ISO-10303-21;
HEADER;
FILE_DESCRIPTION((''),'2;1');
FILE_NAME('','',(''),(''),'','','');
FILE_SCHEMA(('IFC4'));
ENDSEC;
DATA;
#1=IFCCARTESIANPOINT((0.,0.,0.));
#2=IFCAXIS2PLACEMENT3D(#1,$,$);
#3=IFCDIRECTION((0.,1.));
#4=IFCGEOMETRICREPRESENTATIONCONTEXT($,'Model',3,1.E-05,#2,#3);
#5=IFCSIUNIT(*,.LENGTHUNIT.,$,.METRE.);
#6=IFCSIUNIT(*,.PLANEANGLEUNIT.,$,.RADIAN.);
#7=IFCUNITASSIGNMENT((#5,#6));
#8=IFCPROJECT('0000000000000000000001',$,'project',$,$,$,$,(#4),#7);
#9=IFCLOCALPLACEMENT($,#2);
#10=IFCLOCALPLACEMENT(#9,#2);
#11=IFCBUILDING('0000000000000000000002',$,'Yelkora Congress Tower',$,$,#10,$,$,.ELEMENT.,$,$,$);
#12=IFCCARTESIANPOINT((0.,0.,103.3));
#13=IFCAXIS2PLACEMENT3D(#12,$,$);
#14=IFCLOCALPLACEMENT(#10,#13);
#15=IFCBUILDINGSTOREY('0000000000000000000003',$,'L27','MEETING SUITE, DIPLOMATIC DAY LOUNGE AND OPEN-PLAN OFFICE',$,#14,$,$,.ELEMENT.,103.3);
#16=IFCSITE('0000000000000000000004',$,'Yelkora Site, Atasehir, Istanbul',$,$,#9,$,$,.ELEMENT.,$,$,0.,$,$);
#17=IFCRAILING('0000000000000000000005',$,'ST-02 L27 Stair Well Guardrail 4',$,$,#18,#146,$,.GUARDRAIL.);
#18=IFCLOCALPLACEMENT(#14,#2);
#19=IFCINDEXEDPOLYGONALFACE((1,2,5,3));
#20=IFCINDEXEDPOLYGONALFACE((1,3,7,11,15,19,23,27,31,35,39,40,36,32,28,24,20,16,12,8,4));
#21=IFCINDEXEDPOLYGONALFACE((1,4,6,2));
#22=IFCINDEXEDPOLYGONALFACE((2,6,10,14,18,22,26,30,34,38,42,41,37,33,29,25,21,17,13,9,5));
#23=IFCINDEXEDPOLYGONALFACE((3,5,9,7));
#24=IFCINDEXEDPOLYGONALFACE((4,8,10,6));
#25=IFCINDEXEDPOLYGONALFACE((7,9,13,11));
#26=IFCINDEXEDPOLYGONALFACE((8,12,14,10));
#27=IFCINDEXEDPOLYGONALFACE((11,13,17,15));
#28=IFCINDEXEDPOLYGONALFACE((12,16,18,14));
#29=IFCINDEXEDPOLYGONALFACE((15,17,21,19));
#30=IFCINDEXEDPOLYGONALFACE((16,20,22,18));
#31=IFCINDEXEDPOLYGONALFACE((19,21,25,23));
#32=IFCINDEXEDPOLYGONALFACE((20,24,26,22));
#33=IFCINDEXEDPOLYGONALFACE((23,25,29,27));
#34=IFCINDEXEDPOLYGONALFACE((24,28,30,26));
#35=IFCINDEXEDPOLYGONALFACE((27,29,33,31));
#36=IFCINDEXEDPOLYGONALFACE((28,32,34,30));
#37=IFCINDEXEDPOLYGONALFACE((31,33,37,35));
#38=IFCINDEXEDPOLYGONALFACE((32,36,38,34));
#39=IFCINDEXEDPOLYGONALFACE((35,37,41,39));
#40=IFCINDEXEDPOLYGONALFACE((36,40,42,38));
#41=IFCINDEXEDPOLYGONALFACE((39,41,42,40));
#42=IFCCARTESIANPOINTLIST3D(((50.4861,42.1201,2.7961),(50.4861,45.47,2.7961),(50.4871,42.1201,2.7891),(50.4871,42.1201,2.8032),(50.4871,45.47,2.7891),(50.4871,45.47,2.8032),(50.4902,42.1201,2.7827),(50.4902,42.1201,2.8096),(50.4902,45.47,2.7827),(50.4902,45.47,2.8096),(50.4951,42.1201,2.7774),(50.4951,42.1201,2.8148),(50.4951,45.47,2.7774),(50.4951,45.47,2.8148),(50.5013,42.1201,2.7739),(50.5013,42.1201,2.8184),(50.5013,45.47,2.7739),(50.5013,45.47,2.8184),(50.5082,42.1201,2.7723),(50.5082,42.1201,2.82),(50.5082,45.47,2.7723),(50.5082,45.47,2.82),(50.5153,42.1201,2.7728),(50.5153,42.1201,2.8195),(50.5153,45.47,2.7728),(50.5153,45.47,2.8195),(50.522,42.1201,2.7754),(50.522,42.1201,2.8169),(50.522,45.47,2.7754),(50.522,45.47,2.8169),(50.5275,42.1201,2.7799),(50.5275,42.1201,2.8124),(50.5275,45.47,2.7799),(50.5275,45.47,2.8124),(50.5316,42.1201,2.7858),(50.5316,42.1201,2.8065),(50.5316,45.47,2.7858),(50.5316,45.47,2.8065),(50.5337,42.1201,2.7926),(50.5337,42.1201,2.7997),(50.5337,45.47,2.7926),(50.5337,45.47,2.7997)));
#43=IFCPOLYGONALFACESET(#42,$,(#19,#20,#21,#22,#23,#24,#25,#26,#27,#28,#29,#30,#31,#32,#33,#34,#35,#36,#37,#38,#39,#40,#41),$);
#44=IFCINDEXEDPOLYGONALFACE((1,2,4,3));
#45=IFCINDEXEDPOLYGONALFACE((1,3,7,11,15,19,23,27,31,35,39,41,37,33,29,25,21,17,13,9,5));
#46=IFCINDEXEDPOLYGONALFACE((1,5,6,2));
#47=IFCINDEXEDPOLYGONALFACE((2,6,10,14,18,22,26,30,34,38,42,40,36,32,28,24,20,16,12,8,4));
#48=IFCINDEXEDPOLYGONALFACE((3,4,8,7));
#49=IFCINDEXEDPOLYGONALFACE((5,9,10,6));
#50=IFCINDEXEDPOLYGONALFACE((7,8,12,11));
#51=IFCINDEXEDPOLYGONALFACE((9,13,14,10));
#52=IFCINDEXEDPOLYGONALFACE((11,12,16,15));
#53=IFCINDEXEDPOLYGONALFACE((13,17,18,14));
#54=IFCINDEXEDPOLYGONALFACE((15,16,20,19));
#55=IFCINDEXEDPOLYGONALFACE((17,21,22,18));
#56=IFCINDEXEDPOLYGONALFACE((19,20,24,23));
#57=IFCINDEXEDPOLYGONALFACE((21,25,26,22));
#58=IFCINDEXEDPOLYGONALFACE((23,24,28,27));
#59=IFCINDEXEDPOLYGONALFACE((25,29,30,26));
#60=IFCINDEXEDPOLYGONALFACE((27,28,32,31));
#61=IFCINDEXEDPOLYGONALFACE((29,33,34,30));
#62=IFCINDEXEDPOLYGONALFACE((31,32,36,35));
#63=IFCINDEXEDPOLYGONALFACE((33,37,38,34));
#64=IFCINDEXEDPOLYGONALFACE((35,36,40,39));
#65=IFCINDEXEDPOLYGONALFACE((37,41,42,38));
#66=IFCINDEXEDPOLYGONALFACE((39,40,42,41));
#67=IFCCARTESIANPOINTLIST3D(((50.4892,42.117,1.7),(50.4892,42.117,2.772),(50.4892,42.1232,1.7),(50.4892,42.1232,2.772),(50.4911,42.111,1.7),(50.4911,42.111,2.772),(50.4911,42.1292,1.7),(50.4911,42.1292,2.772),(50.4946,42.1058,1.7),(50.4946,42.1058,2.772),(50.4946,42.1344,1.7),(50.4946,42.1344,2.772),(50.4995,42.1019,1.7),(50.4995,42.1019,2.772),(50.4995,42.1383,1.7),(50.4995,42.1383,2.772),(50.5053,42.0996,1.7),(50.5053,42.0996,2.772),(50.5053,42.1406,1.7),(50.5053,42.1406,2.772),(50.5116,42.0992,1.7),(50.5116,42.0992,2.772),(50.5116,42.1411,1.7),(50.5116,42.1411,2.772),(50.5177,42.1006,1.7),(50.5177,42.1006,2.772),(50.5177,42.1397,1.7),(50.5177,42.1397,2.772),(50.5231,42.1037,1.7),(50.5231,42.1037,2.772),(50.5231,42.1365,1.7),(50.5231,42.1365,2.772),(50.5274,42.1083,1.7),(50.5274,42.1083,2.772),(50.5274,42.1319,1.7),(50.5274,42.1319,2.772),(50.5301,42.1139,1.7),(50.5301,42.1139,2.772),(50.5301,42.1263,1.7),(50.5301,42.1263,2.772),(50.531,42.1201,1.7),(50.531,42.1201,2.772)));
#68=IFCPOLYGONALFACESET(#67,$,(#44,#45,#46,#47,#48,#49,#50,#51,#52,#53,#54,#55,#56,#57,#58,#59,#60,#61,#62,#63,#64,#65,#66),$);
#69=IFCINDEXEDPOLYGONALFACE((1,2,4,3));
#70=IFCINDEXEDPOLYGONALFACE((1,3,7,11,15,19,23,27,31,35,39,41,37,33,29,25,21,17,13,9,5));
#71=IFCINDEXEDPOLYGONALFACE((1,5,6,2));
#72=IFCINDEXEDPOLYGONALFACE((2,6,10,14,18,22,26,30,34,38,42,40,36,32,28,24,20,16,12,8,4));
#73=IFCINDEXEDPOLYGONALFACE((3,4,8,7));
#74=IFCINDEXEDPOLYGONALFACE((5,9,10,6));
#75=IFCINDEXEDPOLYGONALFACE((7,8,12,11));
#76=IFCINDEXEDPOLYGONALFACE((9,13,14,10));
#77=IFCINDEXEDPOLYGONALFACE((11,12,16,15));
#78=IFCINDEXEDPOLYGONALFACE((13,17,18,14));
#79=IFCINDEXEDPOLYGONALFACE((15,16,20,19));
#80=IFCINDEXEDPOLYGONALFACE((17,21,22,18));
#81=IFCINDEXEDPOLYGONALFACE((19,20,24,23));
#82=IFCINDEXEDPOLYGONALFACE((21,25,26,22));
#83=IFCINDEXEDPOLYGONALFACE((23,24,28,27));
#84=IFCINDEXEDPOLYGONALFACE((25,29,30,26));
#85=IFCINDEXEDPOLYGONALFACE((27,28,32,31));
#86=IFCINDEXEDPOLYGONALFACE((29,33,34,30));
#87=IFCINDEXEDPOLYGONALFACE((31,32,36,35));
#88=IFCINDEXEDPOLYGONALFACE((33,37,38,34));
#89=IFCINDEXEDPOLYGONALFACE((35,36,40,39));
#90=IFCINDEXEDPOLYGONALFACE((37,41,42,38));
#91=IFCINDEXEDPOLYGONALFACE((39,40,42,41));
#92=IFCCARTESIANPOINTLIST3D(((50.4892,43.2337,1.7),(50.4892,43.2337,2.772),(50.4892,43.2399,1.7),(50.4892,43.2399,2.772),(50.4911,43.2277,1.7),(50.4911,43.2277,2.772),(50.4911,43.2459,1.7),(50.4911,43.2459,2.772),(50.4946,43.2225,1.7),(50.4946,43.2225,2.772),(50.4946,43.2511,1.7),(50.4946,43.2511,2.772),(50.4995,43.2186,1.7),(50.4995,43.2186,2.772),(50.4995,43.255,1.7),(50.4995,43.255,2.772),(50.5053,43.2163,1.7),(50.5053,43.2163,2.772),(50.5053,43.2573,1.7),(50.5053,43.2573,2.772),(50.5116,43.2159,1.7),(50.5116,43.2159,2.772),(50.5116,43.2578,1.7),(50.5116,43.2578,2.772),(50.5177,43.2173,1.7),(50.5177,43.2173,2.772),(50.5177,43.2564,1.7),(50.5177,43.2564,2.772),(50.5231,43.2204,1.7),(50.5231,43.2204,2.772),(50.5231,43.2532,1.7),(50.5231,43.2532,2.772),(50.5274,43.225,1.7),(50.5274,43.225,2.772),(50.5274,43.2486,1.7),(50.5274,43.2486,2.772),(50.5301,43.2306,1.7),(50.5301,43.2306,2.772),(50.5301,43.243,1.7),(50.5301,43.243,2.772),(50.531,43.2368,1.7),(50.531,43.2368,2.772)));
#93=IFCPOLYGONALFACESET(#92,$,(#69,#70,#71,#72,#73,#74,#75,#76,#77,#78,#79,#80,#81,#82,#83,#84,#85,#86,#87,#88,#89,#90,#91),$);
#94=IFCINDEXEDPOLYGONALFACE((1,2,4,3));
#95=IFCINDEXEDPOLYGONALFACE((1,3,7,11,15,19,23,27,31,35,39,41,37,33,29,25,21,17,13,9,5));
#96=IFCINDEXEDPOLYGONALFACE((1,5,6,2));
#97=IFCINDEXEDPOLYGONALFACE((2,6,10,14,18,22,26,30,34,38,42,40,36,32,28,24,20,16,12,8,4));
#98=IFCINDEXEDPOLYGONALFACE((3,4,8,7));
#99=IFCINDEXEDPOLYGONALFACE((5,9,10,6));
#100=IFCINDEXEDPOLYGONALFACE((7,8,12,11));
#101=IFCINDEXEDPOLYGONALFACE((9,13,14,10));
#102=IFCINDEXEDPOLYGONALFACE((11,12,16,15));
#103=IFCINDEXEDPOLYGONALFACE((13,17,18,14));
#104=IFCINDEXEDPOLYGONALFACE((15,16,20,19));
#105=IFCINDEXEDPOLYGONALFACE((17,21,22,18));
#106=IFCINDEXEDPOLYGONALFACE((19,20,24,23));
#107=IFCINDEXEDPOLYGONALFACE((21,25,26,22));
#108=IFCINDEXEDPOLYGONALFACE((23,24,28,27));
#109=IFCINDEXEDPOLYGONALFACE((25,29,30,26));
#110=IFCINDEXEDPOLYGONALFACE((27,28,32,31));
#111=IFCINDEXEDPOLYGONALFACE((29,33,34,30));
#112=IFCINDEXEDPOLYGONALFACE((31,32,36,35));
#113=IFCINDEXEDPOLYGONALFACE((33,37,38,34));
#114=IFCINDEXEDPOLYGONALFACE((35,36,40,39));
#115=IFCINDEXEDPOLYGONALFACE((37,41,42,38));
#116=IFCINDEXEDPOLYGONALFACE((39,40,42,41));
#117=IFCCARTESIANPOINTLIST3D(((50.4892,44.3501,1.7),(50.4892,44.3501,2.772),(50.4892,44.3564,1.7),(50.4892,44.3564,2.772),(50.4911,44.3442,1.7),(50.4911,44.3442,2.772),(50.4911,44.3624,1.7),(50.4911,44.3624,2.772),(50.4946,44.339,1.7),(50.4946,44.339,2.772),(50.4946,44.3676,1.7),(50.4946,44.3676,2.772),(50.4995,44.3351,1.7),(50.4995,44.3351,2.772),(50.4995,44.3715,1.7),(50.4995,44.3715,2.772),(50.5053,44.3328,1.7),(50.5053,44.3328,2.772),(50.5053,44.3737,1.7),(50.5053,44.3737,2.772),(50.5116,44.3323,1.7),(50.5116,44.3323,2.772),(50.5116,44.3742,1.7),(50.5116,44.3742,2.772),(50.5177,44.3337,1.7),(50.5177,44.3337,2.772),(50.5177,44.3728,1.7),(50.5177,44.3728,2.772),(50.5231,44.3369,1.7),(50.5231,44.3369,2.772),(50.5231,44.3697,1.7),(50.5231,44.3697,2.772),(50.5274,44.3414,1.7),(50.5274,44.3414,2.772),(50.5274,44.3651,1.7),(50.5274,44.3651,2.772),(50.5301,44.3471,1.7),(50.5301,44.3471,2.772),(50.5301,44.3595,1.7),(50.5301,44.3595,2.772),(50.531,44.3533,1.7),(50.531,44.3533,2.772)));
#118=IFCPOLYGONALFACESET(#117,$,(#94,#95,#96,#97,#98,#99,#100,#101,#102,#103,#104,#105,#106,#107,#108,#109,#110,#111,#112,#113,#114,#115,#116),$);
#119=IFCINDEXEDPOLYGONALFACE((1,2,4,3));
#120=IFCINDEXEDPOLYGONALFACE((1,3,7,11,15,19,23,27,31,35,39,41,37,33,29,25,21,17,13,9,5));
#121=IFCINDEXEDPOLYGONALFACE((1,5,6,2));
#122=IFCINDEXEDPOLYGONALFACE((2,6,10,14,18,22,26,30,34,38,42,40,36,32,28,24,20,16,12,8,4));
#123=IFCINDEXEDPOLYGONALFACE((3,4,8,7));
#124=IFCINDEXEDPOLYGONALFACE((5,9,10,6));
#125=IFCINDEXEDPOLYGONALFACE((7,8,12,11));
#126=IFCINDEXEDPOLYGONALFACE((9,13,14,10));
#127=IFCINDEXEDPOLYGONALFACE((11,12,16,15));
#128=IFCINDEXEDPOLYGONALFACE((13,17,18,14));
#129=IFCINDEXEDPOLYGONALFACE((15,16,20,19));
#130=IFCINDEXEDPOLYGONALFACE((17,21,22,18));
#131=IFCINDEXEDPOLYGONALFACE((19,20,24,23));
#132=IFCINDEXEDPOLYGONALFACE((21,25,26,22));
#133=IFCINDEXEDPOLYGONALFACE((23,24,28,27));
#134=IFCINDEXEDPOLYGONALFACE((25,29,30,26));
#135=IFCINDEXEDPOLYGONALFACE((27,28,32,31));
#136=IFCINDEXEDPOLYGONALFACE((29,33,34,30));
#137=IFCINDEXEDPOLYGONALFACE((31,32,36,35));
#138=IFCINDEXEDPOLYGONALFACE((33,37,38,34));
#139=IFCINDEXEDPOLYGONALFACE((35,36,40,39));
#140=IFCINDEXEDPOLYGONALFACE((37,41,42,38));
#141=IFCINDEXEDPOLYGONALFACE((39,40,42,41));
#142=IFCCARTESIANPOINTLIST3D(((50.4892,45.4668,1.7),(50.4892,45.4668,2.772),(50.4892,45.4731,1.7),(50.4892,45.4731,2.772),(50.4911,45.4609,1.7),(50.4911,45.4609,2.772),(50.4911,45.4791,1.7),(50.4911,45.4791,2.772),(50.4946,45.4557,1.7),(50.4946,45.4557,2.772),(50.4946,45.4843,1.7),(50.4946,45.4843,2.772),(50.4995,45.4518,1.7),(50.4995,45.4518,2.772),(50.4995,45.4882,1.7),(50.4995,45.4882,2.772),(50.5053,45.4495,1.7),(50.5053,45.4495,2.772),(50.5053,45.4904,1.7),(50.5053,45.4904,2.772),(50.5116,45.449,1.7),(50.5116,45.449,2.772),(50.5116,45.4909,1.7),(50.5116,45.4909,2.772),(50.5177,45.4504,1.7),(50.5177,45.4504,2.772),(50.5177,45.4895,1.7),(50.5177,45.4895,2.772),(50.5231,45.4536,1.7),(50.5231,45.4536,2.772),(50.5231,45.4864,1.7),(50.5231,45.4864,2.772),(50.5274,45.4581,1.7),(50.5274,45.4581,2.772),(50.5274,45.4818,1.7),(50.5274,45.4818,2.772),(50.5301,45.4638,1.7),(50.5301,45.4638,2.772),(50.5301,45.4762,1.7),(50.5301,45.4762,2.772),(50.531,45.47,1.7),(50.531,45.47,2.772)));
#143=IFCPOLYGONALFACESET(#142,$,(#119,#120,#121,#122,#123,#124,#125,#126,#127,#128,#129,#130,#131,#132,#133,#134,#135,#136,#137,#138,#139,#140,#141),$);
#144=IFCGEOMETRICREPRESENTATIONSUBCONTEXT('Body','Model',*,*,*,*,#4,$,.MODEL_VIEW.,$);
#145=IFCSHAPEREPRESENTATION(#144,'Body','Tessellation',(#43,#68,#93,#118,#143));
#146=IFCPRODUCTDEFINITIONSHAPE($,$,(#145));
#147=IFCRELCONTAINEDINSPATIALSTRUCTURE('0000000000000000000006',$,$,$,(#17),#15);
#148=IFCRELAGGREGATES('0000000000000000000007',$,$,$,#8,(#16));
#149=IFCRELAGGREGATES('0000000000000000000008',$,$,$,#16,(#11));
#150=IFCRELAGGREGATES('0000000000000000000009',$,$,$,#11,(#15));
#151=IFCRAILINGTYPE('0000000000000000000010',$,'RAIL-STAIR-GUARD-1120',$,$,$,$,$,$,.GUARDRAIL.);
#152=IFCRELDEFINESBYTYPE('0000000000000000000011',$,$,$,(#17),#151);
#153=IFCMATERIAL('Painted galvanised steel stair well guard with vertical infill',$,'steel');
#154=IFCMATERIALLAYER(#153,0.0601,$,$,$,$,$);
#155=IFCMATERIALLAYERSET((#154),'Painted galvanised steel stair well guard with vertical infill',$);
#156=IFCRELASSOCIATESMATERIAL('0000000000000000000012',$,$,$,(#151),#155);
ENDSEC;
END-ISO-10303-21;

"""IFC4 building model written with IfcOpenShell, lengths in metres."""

from ifc_helpers import new_model, si_unit, direction, frame, origin, origin_2d, place, context, subcontext, project, spatial, circle, extrude, material, layer, layer_set, type_object, element, save


model = new_model("IFC4")

# Units and contexts
model_context = context("Model", 3, precision=1e-05, world=origin(), true_north=direction((0.0, 1.0)))
body_context = subcontext(model_context, "Body", "Model", "MODEL_VIEW")
ifc_project = project(units=[si_unit("LENGTHUNIT", "METRE"), si_unit("PLANEANGLEUNIT", "RADIAN")], contexts=[model_context])

# Site, building, storey
site_placement = place(None, origin())
site = spatial("IfcSite", under=ifc_project, at=site_placement, Name="Yelkora Site, Atasehir, Istanbul", CompositionType="ELEMENT", RefElevation=0.0)
building_placement = place(site_placement, origin())
building = spatial("IfcBuilding", under=site, at=building_placement, Name="Yelkora Congress Tower", CompositionType="ELEMENT")
storey_placement = place(building_placement, frame((0.0, 0.0, 103.3)))
storey = spatial("IfcBuildingStorey", under=building, at=storey_placement, Name="L27", Description="MEETING SUITE, DIPLOMATIC DAY LOUNGE AND OPEN-PLAN OFFICE", CompositionType="ELEMENT", Elevation=103.3)

# Railing
ifc_material_1 = material(Name="Painted galvanised steel stair well guard with vertical infill", Category="steel")
ifc_layer_1 = layer(ifc_material_1, 0.0601)
ifc_layer_set_1 = layer_set([ifc_layer_1], Name="Painted galvanised steel stair well guard with vertical infill")
railing_type_1 = type_object("IfcRailingType", Name="RAIL-STAIR-GUARD-1120", PredefinedType="GUARDRAIL", material=ifc_layer_set_1)
for number, where, name in (
    (1, (50.51, 42.1201, 1.7), "ST-02 L27 Stair Well Guardrail 4"),
):
    element("IfcRailing", number, at=place(storey_placement, frame(where)), inside=storey, type_object=railing_type_1, Name=name, PredefinedType="GUARDRAIL", context=body_context, shape_type="SweptSolid", body=[
        extrude(circle(Radius=0.0239, at=origin_2d()), frame((0.0, 0.0, 1.0962), z_axis=(0.0, 1.0, 0.0), x_axis=(-1.0, 0.0, 0.0)), (0.0, 0.0, 1.0), 3.3499),
        extrude(circle(Radius=0.021, at=origin_2d()), origin(), (0.0, 0.0, 1.0), 1.072),
        extrude(circle(Radius=0.021, at=origin_2d()), frame((0.0, 1.1167, 0.0)), (0.0, 0.0, 1.0), 1.072),
        extrude(circle(Radius=0.021, at=origin_2d()), frame((0.0, 2.2332, 0.0)), (0.0, 0.0, 1.0), 1.072),
        extrude(circle(Radius=0.021, at=origin_2d()), frame((0.0, 3.3499, 0.0)), (0.0, 0.0, 1.0), 1.072),
    ])

save(model, "model.ifc")
